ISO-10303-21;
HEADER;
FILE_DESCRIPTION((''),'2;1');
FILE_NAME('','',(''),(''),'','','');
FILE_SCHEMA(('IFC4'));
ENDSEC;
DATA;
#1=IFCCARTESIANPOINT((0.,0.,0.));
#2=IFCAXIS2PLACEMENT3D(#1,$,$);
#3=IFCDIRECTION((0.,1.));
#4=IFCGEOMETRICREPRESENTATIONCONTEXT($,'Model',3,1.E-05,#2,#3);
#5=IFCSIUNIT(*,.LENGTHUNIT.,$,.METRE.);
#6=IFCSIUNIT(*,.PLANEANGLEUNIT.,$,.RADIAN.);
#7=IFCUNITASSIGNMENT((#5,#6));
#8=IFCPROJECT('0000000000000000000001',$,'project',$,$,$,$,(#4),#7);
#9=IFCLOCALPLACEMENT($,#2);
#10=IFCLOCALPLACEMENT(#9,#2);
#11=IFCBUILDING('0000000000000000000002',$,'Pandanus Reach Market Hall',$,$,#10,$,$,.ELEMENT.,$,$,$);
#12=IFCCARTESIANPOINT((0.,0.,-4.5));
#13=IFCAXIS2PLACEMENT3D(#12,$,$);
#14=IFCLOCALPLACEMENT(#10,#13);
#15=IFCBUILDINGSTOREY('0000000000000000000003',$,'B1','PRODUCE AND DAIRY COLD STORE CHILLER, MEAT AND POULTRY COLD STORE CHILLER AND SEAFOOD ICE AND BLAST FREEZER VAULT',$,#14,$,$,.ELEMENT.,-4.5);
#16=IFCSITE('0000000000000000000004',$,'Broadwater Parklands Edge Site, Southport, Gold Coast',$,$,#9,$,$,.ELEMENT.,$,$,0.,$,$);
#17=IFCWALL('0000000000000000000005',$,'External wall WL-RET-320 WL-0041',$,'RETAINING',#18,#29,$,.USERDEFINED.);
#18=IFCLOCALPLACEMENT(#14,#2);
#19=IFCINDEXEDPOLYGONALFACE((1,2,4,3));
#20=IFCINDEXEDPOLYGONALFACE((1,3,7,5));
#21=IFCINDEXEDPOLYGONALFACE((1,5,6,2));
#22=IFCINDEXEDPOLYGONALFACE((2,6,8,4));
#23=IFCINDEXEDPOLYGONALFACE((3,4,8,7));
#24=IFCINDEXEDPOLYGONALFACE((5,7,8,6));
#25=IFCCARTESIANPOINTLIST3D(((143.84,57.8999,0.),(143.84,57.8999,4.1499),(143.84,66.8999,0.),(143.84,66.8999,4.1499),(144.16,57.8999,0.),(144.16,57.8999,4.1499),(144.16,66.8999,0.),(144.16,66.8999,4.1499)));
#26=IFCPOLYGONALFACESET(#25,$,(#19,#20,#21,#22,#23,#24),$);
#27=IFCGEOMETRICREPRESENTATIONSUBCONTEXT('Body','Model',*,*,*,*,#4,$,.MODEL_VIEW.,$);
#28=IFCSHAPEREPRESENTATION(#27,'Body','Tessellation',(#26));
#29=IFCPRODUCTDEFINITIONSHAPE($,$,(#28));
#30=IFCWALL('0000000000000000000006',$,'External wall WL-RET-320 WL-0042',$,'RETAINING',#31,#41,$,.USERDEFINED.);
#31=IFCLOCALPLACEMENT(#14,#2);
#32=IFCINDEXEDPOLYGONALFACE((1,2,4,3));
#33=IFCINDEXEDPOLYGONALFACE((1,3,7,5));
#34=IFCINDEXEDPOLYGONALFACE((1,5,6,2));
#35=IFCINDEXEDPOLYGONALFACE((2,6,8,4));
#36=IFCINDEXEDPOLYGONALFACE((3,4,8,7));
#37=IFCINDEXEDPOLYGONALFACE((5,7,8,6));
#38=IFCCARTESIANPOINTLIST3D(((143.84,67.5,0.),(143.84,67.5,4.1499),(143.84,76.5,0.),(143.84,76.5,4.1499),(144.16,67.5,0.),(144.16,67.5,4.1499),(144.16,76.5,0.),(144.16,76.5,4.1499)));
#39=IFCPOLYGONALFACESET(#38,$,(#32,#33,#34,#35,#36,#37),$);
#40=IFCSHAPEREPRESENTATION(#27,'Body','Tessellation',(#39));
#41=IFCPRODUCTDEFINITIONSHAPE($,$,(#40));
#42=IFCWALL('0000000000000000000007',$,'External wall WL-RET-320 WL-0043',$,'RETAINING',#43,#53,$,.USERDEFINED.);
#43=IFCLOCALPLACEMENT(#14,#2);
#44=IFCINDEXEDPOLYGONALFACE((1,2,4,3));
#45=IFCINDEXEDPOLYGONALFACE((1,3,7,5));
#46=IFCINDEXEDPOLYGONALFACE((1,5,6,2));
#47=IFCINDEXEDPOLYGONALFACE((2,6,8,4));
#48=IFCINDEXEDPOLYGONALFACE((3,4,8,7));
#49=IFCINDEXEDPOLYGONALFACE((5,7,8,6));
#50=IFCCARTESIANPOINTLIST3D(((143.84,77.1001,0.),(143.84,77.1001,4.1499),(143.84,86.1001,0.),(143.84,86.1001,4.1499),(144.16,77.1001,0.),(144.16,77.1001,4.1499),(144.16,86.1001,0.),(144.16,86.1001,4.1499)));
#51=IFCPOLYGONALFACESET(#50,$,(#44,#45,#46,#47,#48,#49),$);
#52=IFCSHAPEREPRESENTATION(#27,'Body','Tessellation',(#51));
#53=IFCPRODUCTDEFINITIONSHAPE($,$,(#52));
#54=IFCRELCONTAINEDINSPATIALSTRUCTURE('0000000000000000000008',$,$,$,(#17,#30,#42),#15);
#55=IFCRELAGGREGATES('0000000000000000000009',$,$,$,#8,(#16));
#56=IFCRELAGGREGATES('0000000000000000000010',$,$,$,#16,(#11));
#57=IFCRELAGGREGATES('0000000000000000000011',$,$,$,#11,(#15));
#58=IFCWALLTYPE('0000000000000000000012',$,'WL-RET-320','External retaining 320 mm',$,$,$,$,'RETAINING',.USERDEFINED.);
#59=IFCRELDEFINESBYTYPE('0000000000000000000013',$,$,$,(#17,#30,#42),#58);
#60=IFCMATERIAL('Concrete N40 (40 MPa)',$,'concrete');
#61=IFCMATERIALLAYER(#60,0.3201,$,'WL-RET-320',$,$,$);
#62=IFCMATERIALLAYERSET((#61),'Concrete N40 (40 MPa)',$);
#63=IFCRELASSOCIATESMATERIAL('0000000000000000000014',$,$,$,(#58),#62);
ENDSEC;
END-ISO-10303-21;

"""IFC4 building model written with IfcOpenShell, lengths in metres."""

from ifc_helpers import new_model, si_unit, direction, frame, frame_2d, origin, place, context, subcontext, project, spatial, rectangle, extrude, material, layer, layer_set, type_object, element, save


model = new_model("IFC4")

# Units and contexts
model_context = context("Model", 3, precision=1e-05, world=origin(), true_north=direction((0.0, 1.0)))
body_context = subcontext(model_context, "Body", "Model", "MODEL_VIEW")
ifc_project = project(units=[si_unit("LENGTHUNIT", "METRE"), si_unit("PLANEANGLEUNIT", "RADIAN")], contexts=[model_context])

# Site, building, storey
site_placement = place(None, origin())
site = spatial("IfcSite", under=ifc_project, at=site_placement, Name="Broadwater Parklands Edge Site, Southport, Gold Coast", CompositionType="ELEMENT", RefElevation=0.0)
building_placement = place(site_placement, origin())
building = spatial("IfcBuilding", under=site, at=building_placement, Name="Pandanus Reach Market Hall", CompositionType="ELEMENT")
storey_placement = place(building_placement, frame((0.0, 0.0, -4.5)))
storey = spatial("IfcBuildingStorey", under=building, at=storey_placement, Name="B1", Description="PRODUCE AND DAIRY COLD STORE CHILLER, MEAT AND POULTRY COLD STORE CHILLER AND SEAFOOD ICE AND BLAST FREEZER VAULT", CompositionType="ELEMENT", Elevation=-4.5)

# Shared definitions
ifc_material_1 = material(Name="Concrete N40 (40 MPa)", Category="concrete")

# Walls
ifc_layer_1 = layer(ifc_material_1, 0.3201, Name="WL-RET-320")
ifc_layer_set_1 = layer_set([ifc_layer_1], Name="Concrete N40 (40 MPa)")
wall_type_1 = type_object("IfcWallType", Name="WL-RET-320", Description="External retaining 320 mm", ElementType="RETAINING", PredefinedType="USERDEFINED", material=ifc_layer_set_1)
for number, where, z_axis, x_axis, name in (
    (1, (144.0, 57.8999, 0.0), (0.0, 0.0, 1.0), (0.0, 1.0, 0.0), "External wall WL-RET-320 WL-0041"),
    (2, (144.0, 67.5, 0.0), (0.0, 0.0, 1.0), (0.0, 1.0, 0.0), "External wall WL-RET-320 WL-0042"),
    (3, (144.0, 77.1001, 0.0), (0.0, 0.0, 1.0), (0.0, 1.0, 0.0), "External wall WL-RET-320 WL-0043"),
):
    element("IfcWall", number, at=place(storey_placement, frame(where, z_axis=z_axis, x_axis=x_axis)), inside=storey, type_object=wall_type_1, Name=name, ObjectType="RETAINING", PredefinedType="USERDEFINED", context=body_context, shape_type="SweptSolid", body=[
        extrude(rectangle(XDim=9.0, YDim=0.3201, at=frame_2d((4.5, 0.0))), origin(), (0.0, 0.0, 1.0), 4.1499),
    ])

save(model, "model.ifc")
